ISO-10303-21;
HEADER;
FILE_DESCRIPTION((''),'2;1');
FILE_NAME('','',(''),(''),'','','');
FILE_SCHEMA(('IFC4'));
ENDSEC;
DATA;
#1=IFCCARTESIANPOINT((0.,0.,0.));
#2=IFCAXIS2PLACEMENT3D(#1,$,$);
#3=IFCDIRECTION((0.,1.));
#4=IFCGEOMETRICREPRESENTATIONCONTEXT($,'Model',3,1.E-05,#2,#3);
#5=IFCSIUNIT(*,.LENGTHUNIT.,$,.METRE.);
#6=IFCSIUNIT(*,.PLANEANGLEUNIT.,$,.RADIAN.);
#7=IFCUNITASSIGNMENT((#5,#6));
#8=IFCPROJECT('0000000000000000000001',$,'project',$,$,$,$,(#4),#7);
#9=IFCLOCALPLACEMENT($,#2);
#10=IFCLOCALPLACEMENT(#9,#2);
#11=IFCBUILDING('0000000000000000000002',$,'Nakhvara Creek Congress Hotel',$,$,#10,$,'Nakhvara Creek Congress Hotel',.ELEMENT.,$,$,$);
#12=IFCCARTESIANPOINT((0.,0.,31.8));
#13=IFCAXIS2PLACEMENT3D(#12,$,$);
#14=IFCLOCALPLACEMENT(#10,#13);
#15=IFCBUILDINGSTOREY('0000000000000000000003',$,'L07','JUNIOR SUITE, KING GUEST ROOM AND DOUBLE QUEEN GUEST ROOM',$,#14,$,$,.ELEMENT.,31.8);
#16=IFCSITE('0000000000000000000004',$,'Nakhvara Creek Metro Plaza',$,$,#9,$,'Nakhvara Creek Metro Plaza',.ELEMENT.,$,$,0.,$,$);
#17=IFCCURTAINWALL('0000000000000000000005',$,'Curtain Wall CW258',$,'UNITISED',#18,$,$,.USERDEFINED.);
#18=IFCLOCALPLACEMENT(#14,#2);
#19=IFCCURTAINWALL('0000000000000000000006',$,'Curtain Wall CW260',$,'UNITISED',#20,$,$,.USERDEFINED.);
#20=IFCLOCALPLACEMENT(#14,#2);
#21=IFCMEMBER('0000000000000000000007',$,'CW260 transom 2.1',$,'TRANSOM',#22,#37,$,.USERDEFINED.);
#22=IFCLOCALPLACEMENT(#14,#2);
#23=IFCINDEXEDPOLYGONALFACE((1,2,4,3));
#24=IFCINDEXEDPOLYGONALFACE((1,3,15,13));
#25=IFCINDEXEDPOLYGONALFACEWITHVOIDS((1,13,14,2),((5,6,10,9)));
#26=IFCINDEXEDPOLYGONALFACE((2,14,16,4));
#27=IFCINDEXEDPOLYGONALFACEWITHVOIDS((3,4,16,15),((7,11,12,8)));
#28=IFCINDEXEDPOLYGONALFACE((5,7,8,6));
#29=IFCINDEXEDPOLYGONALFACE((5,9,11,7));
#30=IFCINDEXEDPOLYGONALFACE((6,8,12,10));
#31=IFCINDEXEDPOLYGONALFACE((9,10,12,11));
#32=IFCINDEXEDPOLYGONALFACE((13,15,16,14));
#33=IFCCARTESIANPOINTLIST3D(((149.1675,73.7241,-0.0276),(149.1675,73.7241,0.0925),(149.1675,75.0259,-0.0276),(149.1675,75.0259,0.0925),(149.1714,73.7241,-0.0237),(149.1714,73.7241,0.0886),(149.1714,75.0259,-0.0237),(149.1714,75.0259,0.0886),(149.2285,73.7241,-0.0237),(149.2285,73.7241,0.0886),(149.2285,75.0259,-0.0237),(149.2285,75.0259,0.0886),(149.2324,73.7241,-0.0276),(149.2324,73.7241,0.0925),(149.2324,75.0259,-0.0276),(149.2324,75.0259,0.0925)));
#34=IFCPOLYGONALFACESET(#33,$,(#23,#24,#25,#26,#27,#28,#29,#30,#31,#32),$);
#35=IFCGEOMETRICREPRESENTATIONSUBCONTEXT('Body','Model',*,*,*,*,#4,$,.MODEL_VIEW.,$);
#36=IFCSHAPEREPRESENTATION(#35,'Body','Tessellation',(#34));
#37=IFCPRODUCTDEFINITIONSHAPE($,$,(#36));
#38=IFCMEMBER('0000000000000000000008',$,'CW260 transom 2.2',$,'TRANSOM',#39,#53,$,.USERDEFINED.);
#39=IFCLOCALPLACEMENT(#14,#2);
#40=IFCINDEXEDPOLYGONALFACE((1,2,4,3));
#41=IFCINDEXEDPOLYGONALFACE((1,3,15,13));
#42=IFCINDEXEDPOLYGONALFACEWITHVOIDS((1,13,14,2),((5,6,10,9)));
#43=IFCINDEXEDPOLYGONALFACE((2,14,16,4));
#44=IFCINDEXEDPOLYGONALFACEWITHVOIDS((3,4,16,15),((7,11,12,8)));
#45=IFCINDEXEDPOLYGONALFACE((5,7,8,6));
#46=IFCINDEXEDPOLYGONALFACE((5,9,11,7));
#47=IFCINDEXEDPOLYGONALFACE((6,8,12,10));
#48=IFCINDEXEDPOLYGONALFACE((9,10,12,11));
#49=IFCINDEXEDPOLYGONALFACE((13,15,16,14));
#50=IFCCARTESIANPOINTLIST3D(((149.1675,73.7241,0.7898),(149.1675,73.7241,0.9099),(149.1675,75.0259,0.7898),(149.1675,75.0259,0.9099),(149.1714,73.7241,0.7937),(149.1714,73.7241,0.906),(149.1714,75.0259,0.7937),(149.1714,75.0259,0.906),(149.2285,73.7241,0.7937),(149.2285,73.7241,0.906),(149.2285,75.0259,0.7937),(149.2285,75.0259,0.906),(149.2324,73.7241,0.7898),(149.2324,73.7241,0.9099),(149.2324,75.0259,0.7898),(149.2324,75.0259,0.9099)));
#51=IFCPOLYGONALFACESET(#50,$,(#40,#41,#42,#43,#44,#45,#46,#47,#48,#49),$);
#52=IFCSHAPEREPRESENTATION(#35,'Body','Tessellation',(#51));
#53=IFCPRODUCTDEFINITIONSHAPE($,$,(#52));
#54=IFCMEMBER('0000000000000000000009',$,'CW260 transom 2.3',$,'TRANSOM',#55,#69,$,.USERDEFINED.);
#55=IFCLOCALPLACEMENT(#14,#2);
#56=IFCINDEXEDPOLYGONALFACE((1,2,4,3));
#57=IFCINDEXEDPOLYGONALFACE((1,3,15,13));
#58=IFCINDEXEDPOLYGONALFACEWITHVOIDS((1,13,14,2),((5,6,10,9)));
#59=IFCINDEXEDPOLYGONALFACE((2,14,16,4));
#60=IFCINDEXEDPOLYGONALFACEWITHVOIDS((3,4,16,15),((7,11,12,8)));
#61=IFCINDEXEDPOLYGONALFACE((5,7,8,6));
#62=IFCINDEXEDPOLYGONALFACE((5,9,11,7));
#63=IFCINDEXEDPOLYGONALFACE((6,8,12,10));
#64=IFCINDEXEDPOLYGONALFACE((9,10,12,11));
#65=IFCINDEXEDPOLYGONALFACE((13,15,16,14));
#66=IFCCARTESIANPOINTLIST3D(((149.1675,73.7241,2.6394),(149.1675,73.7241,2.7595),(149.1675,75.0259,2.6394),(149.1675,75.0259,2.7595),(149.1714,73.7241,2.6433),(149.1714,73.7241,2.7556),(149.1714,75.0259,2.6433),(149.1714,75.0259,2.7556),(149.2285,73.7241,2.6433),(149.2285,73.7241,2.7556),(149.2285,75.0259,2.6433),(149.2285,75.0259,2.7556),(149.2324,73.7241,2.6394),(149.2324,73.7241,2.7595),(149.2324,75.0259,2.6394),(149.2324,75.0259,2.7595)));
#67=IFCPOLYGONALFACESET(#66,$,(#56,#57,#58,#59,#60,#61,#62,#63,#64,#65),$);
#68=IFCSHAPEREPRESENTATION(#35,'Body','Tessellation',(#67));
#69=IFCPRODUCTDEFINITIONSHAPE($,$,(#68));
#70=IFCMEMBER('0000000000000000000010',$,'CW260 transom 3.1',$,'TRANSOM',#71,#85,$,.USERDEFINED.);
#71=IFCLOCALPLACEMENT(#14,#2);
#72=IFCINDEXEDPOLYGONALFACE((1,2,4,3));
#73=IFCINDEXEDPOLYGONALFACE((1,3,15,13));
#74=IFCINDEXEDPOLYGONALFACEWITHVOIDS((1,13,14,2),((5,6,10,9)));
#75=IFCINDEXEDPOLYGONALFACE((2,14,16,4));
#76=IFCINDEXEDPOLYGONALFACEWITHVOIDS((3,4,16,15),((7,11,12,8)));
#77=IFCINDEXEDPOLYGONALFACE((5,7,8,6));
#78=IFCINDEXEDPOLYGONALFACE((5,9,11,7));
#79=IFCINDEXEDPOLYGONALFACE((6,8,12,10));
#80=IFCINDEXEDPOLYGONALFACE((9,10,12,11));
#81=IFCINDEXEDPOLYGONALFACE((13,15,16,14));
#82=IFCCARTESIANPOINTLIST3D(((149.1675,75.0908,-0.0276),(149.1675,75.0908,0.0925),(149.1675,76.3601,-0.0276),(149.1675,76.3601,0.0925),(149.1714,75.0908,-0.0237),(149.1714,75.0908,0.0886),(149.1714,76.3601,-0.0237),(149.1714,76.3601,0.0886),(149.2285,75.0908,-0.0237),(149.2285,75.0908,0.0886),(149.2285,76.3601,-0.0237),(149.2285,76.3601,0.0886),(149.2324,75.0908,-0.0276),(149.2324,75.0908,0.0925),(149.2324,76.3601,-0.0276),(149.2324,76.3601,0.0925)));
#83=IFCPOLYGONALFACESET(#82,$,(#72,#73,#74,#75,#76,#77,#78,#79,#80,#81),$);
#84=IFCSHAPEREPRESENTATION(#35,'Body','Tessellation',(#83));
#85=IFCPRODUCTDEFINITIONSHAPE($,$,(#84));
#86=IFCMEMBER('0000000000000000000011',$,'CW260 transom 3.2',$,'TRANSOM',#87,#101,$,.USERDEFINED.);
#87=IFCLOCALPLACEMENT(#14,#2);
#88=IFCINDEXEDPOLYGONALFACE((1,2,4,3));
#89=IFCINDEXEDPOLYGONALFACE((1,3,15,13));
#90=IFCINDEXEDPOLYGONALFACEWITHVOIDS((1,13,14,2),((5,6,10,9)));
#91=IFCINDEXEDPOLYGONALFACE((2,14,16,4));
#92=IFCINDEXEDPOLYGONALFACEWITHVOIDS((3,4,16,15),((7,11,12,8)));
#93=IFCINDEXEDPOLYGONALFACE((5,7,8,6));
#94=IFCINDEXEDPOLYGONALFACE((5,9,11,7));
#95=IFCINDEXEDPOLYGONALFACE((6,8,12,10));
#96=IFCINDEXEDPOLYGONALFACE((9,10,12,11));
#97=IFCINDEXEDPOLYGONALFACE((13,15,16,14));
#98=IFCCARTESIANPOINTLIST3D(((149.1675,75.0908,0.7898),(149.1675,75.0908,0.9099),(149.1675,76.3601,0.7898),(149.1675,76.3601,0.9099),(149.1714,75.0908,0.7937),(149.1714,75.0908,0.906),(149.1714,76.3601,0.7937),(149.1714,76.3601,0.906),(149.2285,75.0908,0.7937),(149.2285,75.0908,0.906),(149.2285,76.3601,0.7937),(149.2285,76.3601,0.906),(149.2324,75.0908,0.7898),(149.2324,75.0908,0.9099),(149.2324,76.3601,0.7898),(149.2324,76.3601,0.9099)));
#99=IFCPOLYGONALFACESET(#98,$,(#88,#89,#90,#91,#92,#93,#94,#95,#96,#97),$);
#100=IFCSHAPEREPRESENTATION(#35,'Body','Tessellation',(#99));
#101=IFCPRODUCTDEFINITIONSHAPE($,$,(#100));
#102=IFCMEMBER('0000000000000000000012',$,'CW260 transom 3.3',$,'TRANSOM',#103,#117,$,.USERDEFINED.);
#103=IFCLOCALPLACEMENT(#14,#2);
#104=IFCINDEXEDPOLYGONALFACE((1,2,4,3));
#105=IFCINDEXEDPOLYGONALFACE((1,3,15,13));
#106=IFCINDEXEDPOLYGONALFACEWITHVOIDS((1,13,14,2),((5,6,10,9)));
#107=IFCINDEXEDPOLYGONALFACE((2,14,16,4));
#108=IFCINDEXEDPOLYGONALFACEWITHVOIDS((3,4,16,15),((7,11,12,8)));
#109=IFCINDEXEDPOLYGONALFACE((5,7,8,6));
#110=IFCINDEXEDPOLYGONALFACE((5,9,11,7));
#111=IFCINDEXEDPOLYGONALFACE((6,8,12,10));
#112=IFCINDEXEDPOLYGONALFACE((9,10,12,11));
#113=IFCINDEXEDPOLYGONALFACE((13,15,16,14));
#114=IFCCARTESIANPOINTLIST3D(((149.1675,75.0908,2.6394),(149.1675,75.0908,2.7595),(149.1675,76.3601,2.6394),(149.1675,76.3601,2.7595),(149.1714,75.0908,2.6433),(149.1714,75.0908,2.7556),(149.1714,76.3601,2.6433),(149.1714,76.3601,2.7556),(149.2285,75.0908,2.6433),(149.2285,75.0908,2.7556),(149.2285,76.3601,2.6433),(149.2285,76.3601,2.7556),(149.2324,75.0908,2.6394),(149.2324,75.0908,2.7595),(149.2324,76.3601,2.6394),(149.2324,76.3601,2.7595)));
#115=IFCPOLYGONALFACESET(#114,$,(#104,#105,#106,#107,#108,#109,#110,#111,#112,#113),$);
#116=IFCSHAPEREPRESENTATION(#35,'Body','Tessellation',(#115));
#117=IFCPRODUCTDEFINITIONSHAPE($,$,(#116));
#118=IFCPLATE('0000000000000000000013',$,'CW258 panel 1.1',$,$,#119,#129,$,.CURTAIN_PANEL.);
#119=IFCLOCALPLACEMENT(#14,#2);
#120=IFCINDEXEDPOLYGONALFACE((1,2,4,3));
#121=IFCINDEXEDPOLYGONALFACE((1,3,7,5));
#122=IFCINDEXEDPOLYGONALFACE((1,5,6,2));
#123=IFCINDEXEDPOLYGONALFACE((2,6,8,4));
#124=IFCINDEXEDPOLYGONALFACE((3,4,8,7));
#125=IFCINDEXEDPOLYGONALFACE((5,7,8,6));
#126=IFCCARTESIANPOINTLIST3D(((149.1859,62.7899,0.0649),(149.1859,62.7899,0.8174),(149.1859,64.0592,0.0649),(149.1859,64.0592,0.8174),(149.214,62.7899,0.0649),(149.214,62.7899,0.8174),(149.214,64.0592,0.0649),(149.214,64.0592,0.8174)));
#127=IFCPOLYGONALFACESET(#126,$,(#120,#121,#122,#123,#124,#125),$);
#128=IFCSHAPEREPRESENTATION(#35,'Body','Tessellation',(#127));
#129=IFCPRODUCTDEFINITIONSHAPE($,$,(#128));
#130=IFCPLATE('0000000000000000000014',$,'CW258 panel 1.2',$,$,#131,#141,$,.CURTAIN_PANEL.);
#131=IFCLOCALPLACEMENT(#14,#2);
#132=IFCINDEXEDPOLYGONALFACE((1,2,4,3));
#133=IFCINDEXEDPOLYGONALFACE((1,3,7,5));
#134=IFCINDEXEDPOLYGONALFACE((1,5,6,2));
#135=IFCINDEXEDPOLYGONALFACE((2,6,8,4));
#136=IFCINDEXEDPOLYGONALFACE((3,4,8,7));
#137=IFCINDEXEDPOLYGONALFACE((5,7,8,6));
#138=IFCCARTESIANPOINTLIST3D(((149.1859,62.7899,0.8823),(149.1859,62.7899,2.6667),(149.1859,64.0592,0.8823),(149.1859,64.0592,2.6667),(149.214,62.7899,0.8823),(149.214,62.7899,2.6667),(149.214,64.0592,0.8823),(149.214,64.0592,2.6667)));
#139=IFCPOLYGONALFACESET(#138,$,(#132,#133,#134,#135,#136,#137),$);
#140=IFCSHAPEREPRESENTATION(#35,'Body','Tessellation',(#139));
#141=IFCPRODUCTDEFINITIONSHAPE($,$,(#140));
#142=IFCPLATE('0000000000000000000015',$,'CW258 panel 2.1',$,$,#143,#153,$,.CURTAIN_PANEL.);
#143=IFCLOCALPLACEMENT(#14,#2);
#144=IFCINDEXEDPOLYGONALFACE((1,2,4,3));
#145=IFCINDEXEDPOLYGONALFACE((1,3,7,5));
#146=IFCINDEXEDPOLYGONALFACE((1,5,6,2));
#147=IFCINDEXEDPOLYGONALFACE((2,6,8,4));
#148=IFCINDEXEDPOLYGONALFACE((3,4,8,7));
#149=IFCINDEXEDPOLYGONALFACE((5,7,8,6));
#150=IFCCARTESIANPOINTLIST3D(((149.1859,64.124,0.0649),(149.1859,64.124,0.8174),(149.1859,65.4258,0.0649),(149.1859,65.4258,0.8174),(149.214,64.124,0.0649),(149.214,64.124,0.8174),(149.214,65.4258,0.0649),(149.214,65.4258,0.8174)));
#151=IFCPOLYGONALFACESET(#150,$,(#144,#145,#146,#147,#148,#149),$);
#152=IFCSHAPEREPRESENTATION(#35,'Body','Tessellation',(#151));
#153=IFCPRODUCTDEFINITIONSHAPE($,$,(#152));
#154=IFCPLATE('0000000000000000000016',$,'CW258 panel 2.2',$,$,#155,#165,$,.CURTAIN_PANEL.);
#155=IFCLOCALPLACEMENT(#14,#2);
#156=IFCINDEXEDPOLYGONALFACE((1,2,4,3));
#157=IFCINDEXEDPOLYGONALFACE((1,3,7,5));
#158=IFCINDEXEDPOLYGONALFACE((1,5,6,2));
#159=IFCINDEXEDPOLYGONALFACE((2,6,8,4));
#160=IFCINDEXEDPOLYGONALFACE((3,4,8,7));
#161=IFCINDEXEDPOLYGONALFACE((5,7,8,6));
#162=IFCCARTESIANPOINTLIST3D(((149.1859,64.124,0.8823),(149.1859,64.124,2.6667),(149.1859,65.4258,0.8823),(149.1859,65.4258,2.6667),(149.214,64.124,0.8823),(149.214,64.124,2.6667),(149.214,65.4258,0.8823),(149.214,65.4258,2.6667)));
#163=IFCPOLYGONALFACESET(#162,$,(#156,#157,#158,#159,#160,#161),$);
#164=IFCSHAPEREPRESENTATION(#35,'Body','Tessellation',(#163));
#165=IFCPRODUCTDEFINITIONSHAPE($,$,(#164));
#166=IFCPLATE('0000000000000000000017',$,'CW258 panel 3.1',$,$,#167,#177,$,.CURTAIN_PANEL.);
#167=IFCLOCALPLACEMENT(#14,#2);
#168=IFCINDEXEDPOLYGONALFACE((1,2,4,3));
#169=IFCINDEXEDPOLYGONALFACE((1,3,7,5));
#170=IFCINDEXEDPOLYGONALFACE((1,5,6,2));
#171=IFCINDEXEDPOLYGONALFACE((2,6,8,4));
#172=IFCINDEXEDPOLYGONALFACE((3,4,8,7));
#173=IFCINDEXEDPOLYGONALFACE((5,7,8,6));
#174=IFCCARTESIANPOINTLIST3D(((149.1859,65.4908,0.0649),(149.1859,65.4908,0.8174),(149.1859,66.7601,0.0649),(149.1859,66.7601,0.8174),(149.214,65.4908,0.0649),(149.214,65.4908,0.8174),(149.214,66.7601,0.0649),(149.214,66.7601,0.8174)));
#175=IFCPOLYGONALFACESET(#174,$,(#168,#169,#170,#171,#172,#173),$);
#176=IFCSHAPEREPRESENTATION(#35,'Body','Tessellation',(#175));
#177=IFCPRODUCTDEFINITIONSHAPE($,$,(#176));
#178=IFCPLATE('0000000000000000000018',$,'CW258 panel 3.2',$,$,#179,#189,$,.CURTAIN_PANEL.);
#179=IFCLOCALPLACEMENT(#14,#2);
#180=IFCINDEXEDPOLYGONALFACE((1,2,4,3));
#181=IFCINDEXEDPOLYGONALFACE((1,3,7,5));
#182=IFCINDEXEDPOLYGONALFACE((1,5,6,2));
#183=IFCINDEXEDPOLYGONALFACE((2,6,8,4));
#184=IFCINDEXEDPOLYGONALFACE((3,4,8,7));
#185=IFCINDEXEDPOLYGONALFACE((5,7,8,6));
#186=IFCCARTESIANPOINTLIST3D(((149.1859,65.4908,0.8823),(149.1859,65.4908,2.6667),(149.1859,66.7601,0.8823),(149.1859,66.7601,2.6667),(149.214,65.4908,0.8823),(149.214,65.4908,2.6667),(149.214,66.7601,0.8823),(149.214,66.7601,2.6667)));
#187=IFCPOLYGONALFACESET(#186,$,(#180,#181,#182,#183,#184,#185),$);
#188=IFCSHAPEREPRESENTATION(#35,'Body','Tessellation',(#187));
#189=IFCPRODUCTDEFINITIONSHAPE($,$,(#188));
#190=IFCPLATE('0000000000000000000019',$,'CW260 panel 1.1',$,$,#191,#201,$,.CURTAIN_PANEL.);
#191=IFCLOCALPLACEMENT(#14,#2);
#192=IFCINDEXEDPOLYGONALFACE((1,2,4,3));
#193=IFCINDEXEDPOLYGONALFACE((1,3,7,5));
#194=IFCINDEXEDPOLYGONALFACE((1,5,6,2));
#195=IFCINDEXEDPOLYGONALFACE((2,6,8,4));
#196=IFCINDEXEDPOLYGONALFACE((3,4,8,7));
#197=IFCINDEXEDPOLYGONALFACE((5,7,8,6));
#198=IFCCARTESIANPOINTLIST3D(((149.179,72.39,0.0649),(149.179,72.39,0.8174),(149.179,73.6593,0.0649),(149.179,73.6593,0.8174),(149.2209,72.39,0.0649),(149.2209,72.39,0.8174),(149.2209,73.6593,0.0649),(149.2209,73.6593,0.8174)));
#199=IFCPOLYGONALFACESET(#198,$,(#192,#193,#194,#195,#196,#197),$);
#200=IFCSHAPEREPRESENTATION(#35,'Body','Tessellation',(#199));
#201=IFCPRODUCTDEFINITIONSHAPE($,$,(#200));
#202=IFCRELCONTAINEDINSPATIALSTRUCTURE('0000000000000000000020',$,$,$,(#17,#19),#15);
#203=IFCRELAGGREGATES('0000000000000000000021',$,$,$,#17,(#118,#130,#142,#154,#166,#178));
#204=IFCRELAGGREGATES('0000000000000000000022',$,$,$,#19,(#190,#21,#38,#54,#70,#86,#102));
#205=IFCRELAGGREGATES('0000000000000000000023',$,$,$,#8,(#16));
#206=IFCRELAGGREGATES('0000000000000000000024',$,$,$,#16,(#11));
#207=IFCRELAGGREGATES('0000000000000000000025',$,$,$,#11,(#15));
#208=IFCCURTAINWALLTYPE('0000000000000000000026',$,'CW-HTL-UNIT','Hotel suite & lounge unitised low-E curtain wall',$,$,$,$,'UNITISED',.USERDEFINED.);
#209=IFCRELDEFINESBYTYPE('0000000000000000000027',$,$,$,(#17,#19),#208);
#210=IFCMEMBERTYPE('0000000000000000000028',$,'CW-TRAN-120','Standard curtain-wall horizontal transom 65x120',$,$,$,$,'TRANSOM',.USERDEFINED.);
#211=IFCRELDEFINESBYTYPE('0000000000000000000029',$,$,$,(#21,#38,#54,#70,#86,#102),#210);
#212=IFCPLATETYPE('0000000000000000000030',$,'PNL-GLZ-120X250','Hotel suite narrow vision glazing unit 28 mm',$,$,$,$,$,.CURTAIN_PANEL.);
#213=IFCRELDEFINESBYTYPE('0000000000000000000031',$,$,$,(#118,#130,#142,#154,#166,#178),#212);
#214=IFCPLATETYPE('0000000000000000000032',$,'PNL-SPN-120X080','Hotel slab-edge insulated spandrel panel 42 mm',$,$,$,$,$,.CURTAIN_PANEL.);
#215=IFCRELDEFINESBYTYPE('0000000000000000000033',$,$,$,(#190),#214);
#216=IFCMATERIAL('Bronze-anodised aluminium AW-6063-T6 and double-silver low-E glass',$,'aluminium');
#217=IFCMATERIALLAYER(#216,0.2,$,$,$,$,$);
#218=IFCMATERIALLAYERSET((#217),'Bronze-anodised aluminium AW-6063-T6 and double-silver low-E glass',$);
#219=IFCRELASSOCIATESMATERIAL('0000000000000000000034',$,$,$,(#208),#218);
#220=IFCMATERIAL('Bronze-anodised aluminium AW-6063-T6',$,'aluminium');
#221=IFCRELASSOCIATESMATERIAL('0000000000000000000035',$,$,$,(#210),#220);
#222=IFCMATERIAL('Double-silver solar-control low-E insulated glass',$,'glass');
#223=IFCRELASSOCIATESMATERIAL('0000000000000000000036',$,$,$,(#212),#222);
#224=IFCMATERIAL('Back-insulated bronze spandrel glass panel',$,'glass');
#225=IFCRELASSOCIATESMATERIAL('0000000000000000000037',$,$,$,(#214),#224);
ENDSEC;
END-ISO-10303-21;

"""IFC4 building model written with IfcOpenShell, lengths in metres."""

from ifc_helpers import new_model, si_unit, direction, frame, origin, origin_2d, place, context, subcontext, project, spatial, rectangle, hollow_rectangle, extrude, material, layer, layer_set, material_profile, profile_set, type_object, element, aggregate, save


model = new_model("IFC4")

# Units and contexts
model_context = context("Model", 3, precision=1e-05, world=origin(), true_north=direction((0.0, 1.0)))
body_context = subcontext(model_context, "Body", "Model", "MODEL_VIEW")
ifc_project = project(units=[si_unit("LENGTHUNIT", "METRE"), si_unit("PLANEANGLEUNIT", "RADIAN")], contexts=[model_context])

# Site, building, storey
site_placement = place(None, origin())
site = spatial("IfcSite", under=ifc_project, at=site_placement, Name="Nakhvara Creek Metro Plaza", LongName="Nakhvara Creek Metro Plaza", CompositionType="ELEMENT", RefElevation=0.0)
building_placement = place(site_placement, origin())
building = spatial("IfcBuilding", under=site, at=building_placement, Name="Nakhvara Creek Congress Hotel", LongName="Nakhvara Creek Congress Hotel", CompositionType="ELEMENT")
storey_placement = place(building_placement, frame((0.0, 0.0, 31.8)))
storey = spatial("IfcBuildingStorey", under=building, at=storey_placement, Name="L07", Description="JUNIOR SUITE, KING GUEST ROOM AND DOUBLE QUEEN GUEST ROOM", CompositionType="ELEMENT", Elevation=31.8)

# Shared definitions
ifc_material_1 = material(Name="Bronze-anodised aluminium AW-6063-T6 and double-silver low-E glass", Category="aluminium")
ifc_layer = layer(ifc_material_1, 0.2)
ifc_layer_set = layer_set([ifc_layer], Name="Bronze-anodised aluminium AW-6063-T6 and double-silver low-E glass")
curtain_wall_type = type_object("IfcCurtainWallType", Name="CW-HTL-UNIT", Description="Hotel suite & lounge unitised low-E curtain wall", ElementType="UNITISED", PredefinedType="USERDEFINED", material=ifc_layer_set)
ifc_material_2 = material(Name="Bronze-anodised aluminium AW-6063-T6", Category="aluminium")

# Curtain walls
curtain_wall_1_placement = place(storey_placement, origin())
curtain_wall_1 = element("IfcCurtainWall", 1, at=curtain_wall_1_placement, inside=storey, type_object=curtain_wall_type, Name="Curtain Wall CW258", ObjectType="UNITISED", PredefinedType="USERDEFINED")
curtain_wall_2_placement = place(storey_placement, origin())
curtain_wall_2 = element("IfcCurtainWall", 2, at=curtain_wall_2_placement, inside=storey, type_object=curtain_wall_type, Name="Curtain Wall CW260", ObjectType="UNITISED", PredefinedType="USERDEFINED")

# Members
ifc_material_profile_1 = material_profile(ifc_material_2, hollow_rectangle(XDim=0.0649, YDim=0.1201, WallThickness=0.0039, at=origin_2d()), Name="ALU-TRAN 65x120x4", Category="LoadBearing")
ifc_profile_set_1 = profile_set([ifc_material_profile_1], Name="Bronze-anodised aluminium AW-6063-T6")
member_type_1 = type_object("IfcMemberType", Name="CW-TRAN-120", Description="Standard curtain-wall horizontal transom 65x120", ElementType="TRANSOM", PredefinedType="USERDEFINED", material=ifc_profile_set_1)
member_1_placement = place(storey_placement, frame((149.2, 73.7241, 0.0325), z_axis=(0.0, 1.0, 0.0), x_axis=(-1.0, 0.0, 0.0)))
member_1 = element("IfcMember", 3, at=member_1_placement, type_object=member_type_1, Name="CW260 transom 2.1", ObjectType="TRANSOM", PredefinedType="USERDEFINED", context=body_context, shape_type="SweptSolid", body=[
    extrude(hollow_rectangle(XDim=0.0649, YDim=0.1201, WallThickness=0.0039, at=origin_2d()), origin(), (0.0, 0.0, 1.0), 1.3018),
])
member_2_placement = place(storey_placement, frame((149.2, 73.7241, 0.8499), z_axis=(0.0, 1.0, 0.0), x_axis=(-1.0, 0.0, 0.0)))
member_2 = element("IfcMember", 4, at=member_2_placement, type_object=member_type_1, Name="CW260 transom 2.2", ObjectType="TRANSOM", PredefinedType="USERDEFINED", context=body_context, shape_type="SweptSolid", body=[
    extrude(hollow_rectangle(XDim=0.0649, YDim=0.1201, WallThickness=0.0039, at=origin_2d()), origin(), (0.0, 0.0, 1.0), 1.3018),
])
member_3_placement = place(storey_placement, frame((149.2, 73.7241, 2.6995), z_axis=(0.0, 1.0, 0.0), x_axis=(-1.0, 0.0, 0.0)))
member_3 = element("IfcMember", 5, at=member_3_placement, type_object=member_type_1, Name="CW260 transom 2.3", ObjectType="TRANSOM", PredefinedType="USERDEFINED", context=body_context, shape_type="SweptSolid", body=[
    extrude(hollow_rectangle(XDim=0.0649, YDim=0.1201, WallThickness=0.0039, at=origin_2d()), origin(), (0.0, 0.0, 1.0), 1.3018),
])
member_4_placement = place(storey_placement, frame((149.2, 75.0908, 0.0325), z_axis=(0.0, 1.0, 0.0), x_axis=(-1.0, 0.0, 0.0)))
member_4 = element("IfcMember", 6, at=member_4_placement, type_object=member_type_1, Name="CW260 transom 3.1", ObjectType="TRANSOM", PredefinedType="USERDEFINED", context=body_context, shape_type="SweptSolid", body=[
    extrude(hollow_rectangle(XDim=0.0649, YDim=0.1201, WallThickness=0.0039, at=origin_2d()), origin(), (0.0, 0.0, 1.0), 1.2693),
])
member_5_placement = place(storey_placement, frame((149.2, 75.0908, 0.8499), z_axis=(0.0, 1.0, 0.0), x_axis=(-1.0, 0.0, 0.0)))
member_5 = element("IfcMember", 7, at=member_5_placement, type_object=member_type_1, Name="CW260 transom 3.2", ObjectType="TRANSOM", PredefinedType="USERDEFINED", context=body_context, shape_type="SweptSolid", body=[
    extrude(hollow_rectangle(XDim=0.0649, YDim=0.1201, WallThickness=0.0039, at=origin_2d()), origin(), (0.0, 0.0, 1.0), 1.2693),
])
member_6_placement = place(storey_placement, frame((149.2, 75.0908, 2.6995), z_axis=(0.0, 1.0, 0.0), x_axis=(-1.0, 0.0, 0.0)))
member_6 = element("IfcMember", 8, at=member_6_placement, type_object=member_type_1, Name="CW260 transom 3.3", ObjectType="TRANSOM", PredefinedType="USERDEFINED", context=body_context, shape_type="SweptSolid", body=[
    extrude(hollow_rectangle(XDim=0.0649, YDim=0.1201, WallThickness=0.0039, at=origin_2d()), origin(), (0.0, 0.0, 1.0), 1.2693),
])

# Plates
ifc_material_3 = material(Name="Double-silver solar-control low-E insulated glass", Category="glass")
plate_type_1 = type_object("IfcPlateType", Name="PNL-GLZ-120X250", Description="Hotel suite narrow vision glazing unit 28 mm", PredefinedType="CURTAIN_PANEL", material=ifc_material_3)
plate_1_placement = place(storey_placement, frame((149.2, 63.4246, 0.0649), z_axis=(0.0, 0.0, 1.0), x_axis=(0.0, 1.0, 0.0)))
plate_1 = element("IfcPlate", 9, at=plate_1_placement, type_object=plate_type_1, Name="CW258 panel 1.1", PredefinedType="CURTAIN_PANEL", context=body_context, shape_type="SweptSolid", body=[
    extrude(rectangle(XDim=1.2693, YDim=0.0281, at=origin_2d()), origin(), (0.0, 0.0, 1.0), 0.7524),
])
plate_2_placement = place(storey_placement, frame((149.2, 63.4246, 0.8823), z_axis=(0.0, 0.0, 1.0), x_axis=(0.0, 1.0, 0.0)))
plate_2 = element("IfcPlate", 10, at=plate_2_placement, type_object=plate_type_1, Name="CW258 panel 1.2", PredefinedType="CURTAIN_PANEL", context=body_context, shape_type="SweptSolid", body=[
    extrude(rectangle(XDim=1.2693, YDim=0.0281, at=origin_2d()), origin(), (0.0, 0.0, 1.0), 1.7844),
])
plate_3_placement = place(storey_placement, frame((149.2, 64.7749, 0.0649), z_axis=(0.0, 0.0, 1.0), x_axis=(0.0, 1.0, 0.0)))
plate_3 = element("IfcPlate", 11, at=plate_3_placement, type_object=plate_type_1, Name="CW258 panel 2.1", PredefinedType="CURTAIN_PANEL", context=body_context, shape_type="SweptSolid", body=[
    extrude(rectangle(XDim=1.3018, YDim=0.0281, at=origin_2d()), origin(), (0.0, 0.0, 1.0), 0.7524),
])
plate_4_placement = place(storey_placement, frame((149.2, 64.7749, 0.8823), z_axis=(0.0, 0.0, 1.0), x_axis=(0.0, 1.0, 0.0)))
plate_4 = element("IfcPlate", 12, at=plate_4_placement, type_object=plate_type_1, Name="CW258 panel 2.2", PredefinedType="CURTAIN_PANEL", context=body_context, shape_type="SweptSolid", body=[
    extrude(rectangle(XDim=1.3018, YDim=0.0281, at=origin_2d()), origin(), (0.0, 0.0, 1.0), 1.7844),
])
plate_5_placement = place(storey_placement, frame((149.2, 66.1255, 0.0649), z_axis=(0.0, 0.0, 1.0), x_axis=(0.0, 1.0, 0.0)))
plate_5 = element("IfcPlate", 13, at=plate_5_placement, type_object=plate_type_1, Name="CW258 panel 3.1", PredefinedType="CURTAIN_PANEL", context=body_context, shape_type="SweptSolid", body=[
    extrude(rectangle(XDim=1.2693, YDim=0.0281, at=origin_2d()), origin(), (0.0, 0.0, 1.0), 0.7524),
])
plate_6_placement = place(storey_placement, frame((149.2, 66.1255, 0.8823), z_axis=(0.0, 0.0, 1.0), x_axis=(0.0, 1.0, 0.0)))
plate_6 = element("IfcPlate", 14, at=plate_6_placement, type_object=plate_type_1, Name="CW258 panel 3.2", PredefinedType="CURTAIN_PANEL", context=body_context, shape_type="SweptSolid", body=[
    extrude(rectangle(XDim=1.2693, YDim=0.0281, at=origin_2d()), origin(), (0.0, 0.0, 1.0), 1.7844),
])
aggregate(curtain_wall_1, [plate_1, plate_2, plate_3, plate_4, plate_5, plate_6])
ifc_material_4 = material(Name="Back-insulated bronze spandrel glass panel", Category="glass")
plate_type_2 = type_object("IfcPlateType", Name="PNL-SPN-120X080", Description="Hotel slab-edge insulated spandrel panel 42 mm", PredefinedType="CURTAIN_PANEL", material=ifc_material_4)
plate_7_placement = place(storey_placement, frame((149.2, 73.0247, 0.0649), z_axis=(0.0, 0.0, 1.0), x_axis=(0.0, 1.0, 0.0)))
plate_7 = element("IfcPlate", 15, at=plate_7_placement, type_object=plate_type_2, Name="CW260 panel 1.1", PredefinedType="CURTAIN_PANEL", context=body_context, shape_type="SweptSolid", body=[
    extrude(rectangle(XDim=1.2693, YDim=0.042, at=origin_2d()), origin(), (0.0, 0.0, 1.0), 0.7524),
])
aggregate(curtain_wall_2, [plate_7, member_1, member_2, member_3, member_4, member_5, member_6])

save(model, "model.ifc")
